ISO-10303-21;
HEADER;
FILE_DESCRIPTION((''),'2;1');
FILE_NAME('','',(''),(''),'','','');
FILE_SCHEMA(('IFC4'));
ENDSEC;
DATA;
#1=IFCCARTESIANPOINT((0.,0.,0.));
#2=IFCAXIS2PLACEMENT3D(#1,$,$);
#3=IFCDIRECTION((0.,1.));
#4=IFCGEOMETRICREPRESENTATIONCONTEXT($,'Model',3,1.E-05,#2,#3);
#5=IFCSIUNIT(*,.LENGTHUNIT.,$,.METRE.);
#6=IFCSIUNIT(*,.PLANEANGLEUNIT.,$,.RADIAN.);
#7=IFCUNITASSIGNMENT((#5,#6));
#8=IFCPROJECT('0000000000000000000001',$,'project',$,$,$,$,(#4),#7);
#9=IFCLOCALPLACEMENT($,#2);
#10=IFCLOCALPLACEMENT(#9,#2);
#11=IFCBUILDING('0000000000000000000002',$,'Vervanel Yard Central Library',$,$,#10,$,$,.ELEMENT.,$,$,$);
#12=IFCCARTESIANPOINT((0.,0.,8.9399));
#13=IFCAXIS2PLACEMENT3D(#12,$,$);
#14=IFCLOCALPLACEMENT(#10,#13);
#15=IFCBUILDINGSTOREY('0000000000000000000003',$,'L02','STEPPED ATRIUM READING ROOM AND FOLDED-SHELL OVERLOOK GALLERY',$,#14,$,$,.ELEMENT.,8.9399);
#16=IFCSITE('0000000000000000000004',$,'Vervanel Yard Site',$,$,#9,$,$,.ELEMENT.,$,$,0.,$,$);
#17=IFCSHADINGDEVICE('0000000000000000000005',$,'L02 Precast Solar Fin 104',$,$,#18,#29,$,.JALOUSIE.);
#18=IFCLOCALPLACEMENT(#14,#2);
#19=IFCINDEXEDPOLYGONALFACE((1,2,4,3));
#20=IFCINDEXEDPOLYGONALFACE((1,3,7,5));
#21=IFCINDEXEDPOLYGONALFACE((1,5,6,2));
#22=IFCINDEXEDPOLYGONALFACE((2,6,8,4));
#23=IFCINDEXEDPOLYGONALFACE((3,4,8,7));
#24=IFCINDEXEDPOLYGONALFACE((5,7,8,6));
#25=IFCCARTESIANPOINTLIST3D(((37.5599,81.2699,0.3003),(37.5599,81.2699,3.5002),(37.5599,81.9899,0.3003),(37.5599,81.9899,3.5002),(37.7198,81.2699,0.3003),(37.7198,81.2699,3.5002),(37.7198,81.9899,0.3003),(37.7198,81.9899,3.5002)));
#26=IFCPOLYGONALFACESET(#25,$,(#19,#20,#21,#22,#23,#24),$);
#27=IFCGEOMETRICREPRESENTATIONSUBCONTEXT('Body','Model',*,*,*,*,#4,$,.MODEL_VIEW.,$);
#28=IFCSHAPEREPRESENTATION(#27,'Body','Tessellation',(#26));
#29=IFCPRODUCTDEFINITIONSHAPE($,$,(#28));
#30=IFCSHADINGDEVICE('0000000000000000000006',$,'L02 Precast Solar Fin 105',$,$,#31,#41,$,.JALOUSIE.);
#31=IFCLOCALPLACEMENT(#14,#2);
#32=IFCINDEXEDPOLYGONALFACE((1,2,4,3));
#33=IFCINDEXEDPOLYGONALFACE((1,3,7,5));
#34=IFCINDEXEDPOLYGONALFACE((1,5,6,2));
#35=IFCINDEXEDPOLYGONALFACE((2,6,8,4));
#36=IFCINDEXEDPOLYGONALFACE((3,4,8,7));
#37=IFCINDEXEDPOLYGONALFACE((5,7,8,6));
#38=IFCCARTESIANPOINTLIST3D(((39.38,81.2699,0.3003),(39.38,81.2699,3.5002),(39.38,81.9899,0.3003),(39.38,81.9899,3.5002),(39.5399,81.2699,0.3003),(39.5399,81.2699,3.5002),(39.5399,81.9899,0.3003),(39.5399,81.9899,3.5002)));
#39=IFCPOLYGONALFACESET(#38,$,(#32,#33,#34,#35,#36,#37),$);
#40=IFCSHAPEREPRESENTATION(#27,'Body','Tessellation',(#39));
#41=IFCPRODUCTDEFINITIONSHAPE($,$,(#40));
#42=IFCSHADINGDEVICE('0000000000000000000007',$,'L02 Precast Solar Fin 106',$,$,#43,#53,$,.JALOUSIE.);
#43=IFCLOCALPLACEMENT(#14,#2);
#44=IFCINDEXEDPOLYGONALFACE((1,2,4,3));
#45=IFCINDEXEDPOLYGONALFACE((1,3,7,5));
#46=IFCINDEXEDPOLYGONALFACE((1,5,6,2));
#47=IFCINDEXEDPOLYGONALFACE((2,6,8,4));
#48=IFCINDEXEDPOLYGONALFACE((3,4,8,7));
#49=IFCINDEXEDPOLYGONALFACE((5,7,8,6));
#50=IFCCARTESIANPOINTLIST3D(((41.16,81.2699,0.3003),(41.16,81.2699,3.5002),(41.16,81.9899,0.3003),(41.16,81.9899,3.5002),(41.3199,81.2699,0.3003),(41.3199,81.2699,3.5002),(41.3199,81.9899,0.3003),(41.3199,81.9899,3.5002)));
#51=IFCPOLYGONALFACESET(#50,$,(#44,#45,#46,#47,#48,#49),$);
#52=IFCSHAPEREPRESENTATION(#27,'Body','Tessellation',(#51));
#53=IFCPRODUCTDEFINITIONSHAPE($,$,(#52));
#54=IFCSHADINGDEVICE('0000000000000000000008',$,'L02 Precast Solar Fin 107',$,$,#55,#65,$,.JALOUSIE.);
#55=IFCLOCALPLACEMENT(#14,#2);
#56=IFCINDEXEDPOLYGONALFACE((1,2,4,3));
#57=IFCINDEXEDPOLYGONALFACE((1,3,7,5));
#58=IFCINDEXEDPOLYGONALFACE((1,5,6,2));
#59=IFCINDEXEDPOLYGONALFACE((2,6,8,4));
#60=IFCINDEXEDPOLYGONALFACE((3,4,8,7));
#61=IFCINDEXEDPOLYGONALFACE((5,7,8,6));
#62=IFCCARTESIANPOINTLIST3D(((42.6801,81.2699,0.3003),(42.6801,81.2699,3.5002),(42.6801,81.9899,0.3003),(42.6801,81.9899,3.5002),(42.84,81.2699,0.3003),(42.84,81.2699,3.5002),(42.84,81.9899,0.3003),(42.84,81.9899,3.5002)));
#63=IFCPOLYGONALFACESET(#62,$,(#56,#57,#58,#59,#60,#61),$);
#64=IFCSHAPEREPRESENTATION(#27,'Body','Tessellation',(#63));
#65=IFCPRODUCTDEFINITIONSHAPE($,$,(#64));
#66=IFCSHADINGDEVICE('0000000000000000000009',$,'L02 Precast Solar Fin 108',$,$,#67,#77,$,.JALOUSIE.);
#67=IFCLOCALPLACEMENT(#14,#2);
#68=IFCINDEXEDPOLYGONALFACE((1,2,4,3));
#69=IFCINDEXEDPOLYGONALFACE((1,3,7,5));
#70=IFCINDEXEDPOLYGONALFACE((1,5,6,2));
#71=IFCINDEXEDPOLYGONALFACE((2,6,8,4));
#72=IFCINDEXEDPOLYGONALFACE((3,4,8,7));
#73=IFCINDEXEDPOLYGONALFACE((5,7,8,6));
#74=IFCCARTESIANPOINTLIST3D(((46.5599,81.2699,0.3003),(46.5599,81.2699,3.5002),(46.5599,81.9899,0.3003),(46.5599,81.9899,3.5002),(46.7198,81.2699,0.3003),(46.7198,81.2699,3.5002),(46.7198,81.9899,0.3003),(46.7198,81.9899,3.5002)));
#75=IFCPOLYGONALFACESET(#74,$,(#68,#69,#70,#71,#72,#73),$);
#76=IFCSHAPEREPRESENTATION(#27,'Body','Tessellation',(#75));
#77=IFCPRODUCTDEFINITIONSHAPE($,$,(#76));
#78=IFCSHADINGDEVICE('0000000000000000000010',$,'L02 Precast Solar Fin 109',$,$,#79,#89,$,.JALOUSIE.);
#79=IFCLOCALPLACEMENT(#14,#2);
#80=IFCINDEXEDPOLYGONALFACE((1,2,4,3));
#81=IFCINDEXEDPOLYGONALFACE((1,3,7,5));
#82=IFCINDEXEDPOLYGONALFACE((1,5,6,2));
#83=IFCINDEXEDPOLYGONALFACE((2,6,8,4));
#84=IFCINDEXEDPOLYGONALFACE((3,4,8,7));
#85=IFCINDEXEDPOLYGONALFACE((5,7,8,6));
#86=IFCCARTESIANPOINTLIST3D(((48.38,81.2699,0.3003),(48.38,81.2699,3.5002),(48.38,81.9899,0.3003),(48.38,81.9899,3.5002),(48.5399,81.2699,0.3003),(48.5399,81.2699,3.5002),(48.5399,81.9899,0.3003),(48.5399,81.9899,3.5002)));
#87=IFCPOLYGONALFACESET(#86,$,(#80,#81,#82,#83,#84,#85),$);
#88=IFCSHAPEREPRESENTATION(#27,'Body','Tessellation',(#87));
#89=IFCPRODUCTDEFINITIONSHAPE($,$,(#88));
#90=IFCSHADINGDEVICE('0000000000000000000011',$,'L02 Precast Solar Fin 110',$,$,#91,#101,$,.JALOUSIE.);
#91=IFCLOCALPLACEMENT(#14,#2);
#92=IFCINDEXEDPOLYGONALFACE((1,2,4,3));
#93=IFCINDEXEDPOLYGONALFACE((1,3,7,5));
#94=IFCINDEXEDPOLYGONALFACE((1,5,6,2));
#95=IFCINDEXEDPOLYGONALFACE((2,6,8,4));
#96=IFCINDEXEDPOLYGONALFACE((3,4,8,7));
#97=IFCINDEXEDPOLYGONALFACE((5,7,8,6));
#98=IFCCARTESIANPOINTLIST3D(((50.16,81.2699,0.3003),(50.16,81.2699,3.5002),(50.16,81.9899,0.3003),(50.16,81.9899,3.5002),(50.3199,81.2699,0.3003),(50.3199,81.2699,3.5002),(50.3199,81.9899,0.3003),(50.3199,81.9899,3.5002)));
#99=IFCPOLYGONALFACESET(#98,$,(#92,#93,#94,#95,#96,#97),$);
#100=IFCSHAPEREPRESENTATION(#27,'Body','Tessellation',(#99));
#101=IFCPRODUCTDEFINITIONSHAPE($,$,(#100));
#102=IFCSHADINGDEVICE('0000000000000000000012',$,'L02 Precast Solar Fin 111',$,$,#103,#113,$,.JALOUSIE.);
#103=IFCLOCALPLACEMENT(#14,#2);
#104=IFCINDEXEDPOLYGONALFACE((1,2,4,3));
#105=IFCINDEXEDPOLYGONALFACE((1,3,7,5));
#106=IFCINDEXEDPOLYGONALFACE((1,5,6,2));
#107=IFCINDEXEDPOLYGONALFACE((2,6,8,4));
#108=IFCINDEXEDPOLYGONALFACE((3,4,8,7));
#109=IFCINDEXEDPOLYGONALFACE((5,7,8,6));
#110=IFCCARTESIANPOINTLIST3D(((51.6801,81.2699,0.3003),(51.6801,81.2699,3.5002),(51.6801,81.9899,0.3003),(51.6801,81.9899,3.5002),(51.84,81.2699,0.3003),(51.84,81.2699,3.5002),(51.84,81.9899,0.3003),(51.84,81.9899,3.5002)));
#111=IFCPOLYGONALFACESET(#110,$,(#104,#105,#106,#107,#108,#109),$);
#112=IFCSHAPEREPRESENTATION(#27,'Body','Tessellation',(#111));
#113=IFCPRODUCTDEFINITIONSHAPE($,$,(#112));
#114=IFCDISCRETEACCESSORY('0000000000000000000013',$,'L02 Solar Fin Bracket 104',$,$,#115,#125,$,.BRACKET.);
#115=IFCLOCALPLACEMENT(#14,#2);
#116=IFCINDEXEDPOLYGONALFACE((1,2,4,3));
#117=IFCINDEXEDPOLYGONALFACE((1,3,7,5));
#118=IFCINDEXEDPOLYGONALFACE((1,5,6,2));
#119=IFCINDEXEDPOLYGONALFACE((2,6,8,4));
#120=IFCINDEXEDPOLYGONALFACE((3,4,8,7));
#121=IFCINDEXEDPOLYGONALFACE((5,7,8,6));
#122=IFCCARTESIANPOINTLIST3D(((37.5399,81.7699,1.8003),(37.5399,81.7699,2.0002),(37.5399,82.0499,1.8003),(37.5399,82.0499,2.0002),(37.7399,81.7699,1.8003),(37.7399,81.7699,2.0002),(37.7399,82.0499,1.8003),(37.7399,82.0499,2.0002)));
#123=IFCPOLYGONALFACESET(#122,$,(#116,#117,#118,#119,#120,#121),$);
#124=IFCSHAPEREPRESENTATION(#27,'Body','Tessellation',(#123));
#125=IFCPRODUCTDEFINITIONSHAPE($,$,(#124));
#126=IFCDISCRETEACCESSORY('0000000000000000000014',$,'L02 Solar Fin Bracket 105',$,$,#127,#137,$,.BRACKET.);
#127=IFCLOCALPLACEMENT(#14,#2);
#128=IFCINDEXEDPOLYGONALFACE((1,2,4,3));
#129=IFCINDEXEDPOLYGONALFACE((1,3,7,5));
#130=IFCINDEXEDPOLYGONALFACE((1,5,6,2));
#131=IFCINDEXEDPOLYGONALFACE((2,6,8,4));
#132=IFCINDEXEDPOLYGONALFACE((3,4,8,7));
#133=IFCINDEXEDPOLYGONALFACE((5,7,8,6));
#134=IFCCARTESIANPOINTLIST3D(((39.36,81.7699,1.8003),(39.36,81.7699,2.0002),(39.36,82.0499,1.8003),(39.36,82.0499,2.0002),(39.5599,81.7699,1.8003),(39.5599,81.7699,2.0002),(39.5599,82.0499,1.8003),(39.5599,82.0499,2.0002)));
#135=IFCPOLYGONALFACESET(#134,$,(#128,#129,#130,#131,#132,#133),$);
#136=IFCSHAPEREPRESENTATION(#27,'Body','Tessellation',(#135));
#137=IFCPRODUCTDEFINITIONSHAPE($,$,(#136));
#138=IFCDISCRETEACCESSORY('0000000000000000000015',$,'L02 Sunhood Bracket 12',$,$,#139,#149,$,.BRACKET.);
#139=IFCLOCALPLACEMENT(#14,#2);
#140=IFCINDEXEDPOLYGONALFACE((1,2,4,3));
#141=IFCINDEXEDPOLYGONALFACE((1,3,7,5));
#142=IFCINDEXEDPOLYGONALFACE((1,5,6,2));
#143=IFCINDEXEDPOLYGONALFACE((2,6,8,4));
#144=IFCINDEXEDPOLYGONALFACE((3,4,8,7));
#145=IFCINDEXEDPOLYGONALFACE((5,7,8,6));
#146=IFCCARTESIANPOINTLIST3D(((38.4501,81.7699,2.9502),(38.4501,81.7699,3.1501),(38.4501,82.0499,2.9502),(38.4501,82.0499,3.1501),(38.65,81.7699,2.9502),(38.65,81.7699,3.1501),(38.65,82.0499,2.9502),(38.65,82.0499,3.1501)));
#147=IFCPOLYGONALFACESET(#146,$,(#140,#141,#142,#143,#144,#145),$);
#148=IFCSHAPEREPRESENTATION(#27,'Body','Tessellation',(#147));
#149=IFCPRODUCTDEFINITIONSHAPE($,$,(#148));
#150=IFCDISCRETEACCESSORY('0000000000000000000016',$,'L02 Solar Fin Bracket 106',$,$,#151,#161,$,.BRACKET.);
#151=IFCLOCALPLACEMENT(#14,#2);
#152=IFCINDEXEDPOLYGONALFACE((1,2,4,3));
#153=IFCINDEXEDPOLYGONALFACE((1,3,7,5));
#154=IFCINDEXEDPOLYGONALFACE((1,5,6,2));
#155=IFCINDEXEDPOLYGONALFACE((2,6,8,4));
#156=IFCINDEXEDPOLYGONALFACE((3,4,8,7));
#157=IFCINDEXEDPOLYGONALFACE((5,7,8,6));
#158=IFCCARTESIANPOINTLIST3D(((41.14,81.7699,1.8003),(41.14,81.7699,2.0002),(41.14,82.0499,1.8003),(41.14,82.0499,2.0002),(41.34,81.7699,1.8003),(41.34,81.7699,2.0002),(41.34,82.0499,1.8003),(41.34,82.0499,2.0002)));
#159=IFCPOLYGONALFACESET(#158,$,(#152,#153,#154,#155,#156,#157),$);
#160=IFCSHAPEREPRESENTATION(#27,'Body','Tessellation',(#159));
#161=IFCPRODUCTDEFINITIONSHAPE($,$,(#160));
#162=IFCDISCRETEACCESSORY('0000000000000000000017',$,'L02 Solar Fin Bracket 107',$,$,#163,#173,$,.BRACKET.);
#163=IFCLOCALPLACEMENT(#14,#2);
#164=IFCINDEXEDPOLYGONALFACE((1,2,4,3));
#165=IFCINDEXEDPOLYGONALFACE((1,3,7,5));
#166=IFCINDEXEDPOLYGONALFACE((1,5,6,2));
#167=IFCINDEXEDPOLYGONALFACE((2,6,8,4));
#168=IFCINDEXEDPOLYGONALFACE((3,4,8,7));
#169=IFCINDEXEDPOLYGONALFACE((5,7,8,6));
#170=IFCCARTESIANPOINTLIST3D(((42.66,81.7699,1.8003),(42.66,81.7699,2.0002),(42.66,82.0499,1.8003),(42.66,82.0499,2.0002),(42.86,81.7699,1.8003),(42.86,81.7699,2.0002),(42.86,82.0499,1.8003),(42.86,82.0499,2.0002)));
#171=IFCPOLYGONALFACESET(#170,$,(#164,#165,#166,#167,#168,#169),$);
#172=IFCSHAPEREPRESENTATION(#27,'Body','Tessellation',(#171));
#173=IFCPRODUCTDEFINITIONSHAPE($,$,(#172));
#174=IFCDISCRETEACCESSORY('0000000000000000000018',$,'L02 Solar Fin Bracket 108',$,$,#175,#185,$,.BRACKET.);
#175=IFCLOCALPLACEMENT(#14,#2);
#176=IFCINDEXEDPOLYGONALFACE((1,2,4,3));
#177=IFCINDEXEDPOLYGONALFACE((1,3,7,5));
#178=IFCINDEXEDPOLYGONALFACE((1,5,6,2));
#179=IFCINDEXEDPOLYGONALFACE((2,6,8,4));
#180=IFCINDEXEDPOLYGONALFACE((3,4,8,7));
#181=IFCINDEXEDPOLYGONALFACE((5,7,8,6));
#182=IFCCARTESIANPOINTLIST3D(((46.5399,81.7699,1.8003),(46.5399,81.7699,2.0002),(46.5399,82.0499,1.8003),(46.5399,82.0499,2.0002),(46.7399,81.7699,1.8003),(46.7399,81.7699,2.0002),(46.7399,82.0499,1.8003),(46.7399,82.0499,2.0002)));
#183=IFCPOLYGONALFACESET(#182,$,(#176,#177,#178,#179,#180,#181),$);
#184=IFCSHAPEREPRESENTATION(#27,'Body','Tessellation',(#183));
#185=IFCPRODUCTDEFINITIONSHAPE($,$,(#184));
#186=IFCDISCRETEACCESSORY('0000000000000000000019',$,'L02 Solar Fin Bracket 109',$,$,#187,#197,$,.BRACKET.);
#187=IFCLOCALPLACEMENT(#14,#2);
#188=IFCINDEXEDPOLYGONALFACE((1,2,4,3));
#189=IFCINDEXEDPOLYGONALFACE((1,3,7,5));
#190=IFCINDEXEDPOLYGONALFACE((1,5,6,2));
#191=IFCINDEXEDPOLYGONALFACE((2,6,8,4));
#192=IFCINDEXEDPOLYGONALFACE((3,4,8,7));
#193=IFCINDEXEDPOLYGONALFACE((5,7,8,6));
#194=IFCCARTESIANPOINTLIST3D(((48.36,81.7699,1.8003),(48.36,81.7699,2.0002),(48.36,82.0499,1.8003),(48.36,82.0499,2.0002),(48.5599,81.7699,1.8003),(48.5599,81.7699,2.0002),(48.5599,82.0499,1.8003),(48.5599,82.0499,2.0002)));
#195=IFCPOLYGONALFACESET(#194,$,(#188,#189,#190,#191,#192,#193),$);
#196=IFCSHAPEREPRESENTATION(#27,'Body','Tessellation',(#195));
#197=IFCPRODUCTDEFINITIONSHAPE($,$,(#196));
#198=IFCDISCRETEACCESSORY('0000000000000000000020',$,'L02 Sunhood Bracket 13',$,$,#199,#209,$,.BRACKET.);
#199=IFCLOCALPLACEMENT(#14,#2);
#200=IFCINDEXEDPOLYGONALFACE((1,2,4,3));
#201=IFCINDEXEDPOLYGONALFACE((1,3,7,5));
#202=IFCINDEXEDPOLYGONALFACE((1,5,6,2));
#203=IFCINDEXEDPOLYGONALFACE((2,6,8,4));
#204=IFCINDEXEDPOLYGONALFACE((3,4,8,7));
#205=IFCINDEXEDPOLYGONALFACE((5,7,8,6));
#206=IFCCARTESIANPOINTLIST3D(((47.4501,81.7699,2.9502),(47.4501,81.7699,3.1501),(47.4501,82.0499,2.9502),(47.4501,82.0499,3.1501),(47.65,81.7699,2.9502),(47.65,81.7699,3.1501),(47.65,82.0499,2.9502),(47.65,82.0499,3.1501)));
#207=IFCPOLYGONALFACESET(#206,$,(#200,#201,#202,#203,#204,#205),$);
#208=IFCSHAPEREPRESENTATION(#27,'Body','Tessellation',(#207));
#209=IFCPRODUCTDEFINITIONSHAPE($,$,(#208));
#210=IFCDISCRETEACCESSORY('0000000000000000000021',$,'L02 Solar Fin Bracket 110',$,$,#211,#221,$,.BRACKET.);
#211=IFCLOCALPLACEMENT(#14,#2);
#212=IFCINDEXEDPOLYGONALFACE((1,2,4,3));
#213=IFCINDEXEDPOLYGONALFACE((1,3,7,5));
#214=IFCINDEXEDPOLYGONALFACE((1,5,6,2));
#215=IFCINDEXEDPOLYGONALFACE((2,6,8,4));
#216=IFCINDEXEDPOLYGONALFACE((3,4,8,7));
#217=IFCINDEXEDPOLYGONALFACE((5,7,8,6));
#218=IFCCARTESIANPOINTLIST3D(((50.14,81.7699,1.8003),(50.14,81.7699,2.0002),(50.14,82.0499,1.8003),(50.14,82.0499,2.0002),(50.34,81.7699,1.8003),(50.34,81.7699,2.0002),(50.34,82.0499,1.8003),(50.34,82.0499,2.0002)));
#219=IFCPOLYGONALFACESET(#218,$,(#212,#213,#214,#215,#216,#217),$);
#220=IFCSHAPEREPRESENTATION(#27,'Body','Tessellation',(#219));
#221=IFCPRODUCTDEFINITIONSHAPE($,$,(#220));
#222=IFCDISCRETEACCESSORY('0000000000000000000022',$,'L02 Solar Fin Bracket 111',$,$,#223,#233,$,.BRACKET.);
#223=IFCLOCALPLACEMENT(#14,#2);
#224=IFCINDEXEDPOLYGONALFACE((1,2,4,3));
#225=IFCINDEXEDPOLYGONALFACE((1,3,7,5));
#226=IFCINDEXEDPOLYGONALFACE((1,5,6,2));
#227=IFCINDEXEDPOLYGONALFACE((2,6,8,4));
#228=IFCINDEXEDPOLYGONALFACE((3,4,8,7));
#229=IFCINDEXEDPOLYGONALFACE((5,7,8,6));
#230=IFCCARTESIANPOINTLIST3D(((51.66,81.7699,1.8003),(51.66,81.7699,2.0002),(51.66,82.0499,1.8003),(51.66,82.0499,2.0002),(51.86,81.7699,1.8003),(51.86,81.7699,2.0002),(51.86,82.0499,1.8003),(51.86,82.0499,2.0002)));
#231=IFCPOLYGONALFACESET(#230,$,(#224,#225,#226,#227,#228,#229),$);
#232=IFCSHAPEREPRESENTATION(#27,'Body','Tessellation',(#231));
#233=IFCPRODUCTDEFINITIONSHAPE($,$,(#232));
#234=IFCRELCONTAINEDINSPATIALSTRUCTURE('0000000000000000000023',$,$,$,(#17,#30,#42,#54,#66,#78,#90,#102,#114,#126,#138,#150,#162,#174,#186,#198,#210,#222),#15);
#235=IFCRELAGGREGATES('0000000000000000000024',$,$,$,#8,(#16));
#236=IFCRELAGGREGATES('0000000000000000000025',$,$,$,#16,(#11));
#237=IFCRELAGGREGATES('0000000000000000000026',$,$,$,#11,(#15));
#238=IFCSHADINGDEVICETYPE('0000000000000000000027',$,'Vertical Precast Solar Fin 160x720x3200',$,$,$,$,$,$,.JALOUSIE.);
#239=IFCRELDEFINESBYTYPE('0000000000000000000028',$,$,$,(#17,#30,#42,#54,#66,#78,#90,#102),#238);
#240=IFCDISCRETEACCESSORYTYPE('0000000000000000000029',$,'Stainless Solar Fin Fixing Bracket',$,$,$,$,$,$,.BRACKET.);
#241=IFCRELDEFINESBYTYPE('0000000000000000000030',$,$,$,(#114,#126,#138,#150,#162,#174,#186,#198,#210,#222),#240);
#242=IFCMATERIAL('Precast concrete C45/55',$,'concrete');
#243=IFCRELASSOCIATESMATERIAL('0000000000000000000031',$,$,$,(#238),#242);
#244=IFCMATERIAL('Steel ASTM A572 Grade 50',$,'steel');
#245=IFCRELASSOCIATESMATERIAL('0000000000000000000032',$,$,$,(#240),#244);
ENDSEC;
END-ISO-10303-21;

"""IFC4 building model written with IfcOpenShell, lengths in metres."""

from ifc_helpers import new_model, si_unit, direction, frame, origin, origin_2d, place, context, subcontext, project, spatial, rectangle, extrude, material, type_object, element, save


model = new_model("IFC4")

# Units and contexts
model_context = context("Model", 3, precision=1e-05, world=origin(), true_north=direction((0.0, 1.0)))
body_context = subcontext(model_context, "Body", "Model", "MODEL_VIEW")
ifc_project = project(units=[si_unit("LENGTHUNIT", "METRE"), si_unit("PLANEANGLEUNIT", "RADIAN")], contexts=[model_context])

# Site, building, storey
site_placement = place(None, origin())
site = spatial("IfcSite", under=ifc_project, at=site_placement, Name="Vervanel Yard Site", CompositionType="ELEMENT", RefElevation=0.0)
building_placement = place(site_placement, origin())
building = spatial("IfcBuilding", under=site, at=building_placement, Name="Vervanel Yard Central Library", CompositionType="ELEMENT")
storey_placement = place(building_placement, frame((0.0, 0.0, 8.9399)))
storey = spatial("IfcBuildingStorey", under=building, at=storey_placement, Name="L02", Description="STEPPED ATRIUM READING ROOM AND FOLDED-SHELL OVERLOOK GALLERY", CompositionType="ELEMENT", Elevation=8.9399)

# Shared definitions
ifc_material_1 = material(Name="Precast concrete C45/55", Category="concrete")

# Shading devices
shading_device_type_1 = type_object("IfcShadingDeviceType", Name="Vertical Precast Solar Fin 160x720x3200", PredefinedType="JALOUSIE", material=ifc_material_1)
for number, where, z_axis, x_axis, name in (
    (1, (37.6399, 81.6299, 0.3003), (0.0, 0.0, 1.0), (1.0, 0.0, 0.0), "L02 Precast Solar Fin 104"),
    (2, (39.46, 81.6299, 0.3003), (0.0, 0.0, 1.0), (1.0, 0.0, 0.0), "L02 Precast Solar Fin 105"),
    (3, (41.24, 81.6299, 0.3003), (0.0, 0.0, 1.0), (1.0, 0.0, 0.0), "L02 Precast Solar Fin 106"),
    (4, (42.76, 81.6299, 0.3003), (0.0, 0.0, 1.0), (1.0, 0.0, 0.0), "L02 Precast Solar Fin 107"),
    (5, (46.6399, 81.6299, 0.3003), (0.0, 0.0, 1.0), (1.0, 0.0, 0.0), "L02 Precast Solar Fin 108"),
    (6, (48.46, 81.6299, 0.3003), (0.0, 0.0, 1.0), (1.0, 0.0, 0.0), "L02 Precast Solar Fin 109"),
    (7, (50.24, 81.6299, 0.3003), (0.0, 0.0, 1.0), (1.0, 0.0, 0.0), "L02 Precast Solar Fin 110"),
    (8, (51.76, 81.6299, 0.3003), (0.0, 0.0, 1.0), (1.0, 0.0, 0.0), "L02 Precast Solar Fin 111"),
):
    element("IfcShadingDevice", number, at=place(storey_placement, frame(where, z_axis=z_axis, x_axis=x_axis)), inside=storey, type_object=shading_device_type_1, Name=name, PredefinedType="JALOUSIE", context=body_context, shape_type="SweptSolid", body=[
        extrude(rectangle(XDim=0.1599, YDim=0.72, at=origin_2d()), origin(), (0.0, 0.0, 1.0), 3.2),
    ])

# Discrete accessories
ifc_material_2 = material(Name="Steel ASTM A572 Grade 50", Category="steel")
discrete_accessory_type = type_object("IfcDiscreteAccessoryType", Name="Stainless Solar Fin Fixing Bracket", PredefinedType="BRACKET", material=ifc_material_2)
for number, where, z_axis, x_axis, name in (
    (9, (37.6399, 81.9099, 1.8003), (0.0, 0.0, 1.0), (1.0, 0.0, 0.0), "L02 Solar Fin Bracket 104"),
    (10, (39.46, 81.9099, 1.8003), (0.0, 0.0, 1.0), (1.0, 0.0, 0.0), "L02 Solar Fin Bracket 105"),
    (11, (38.55, 81.9099, 2.9502), (0.0, 0.0, 1.0), (1.0, 0.0, 0.0), "L02 Sunhood Bracket 12"),
    (12, (41.24, 81.9099, 1.8003), (0.0, 0.0, 1.0), (1.0, 0.0, 0.0), "L02 Solar Fin Bracket 106"),
    (13, (42.76, 81.9099, 1.8003), (0.0, 0.0, 1.0), (1.0, 0.0, 0.0), "L02 Solar Fin Bracket 107"),
    (14, (46.6399, 81.9099, 1.8003), (0.0, 0.0, 1.0), (1.0, 0.0, 0.0), "L02 Solar Fin Bracket 108"),
    (15, (48.46, 81.9099, 1.8003), (0.0, 0.0, 1.0), (1.0, 0.0, 0.0), "L02 Solar Fin Bracket 109"),
    (16, (47.55, 81.9099, 2.9502), (0.0, 0.0, 1.0), (1.0, 0.0, 0.0), "L02 Sunhood Bracket 13"),
    (17, (50.24, 81.9099, 1.8003), (0.0, 0.0, 1.0), (1.0, 0.0, 0.0), "L02 Solar Fin Bracket 110"),
    (18, (51.76, 81.9099, 1.8003), (0.0, 0.0, 1.0), (1.0, 0.0, 0.0), "L02 Solar Fin Bracket 111"),
):
    element("IfcDiscreteAccessory", number, at=place(storey_placement, frame(where, z_axis=z_axis, x_axis=x_axis)), inside=storey, type_object=discrete_accessory_type, Name=name, PredefinedType="BRACKET", context=body_context, shape_type="SweptSolid", body=[
        extrude(rectangle(XDim=0.2, YDim=0.28, at=origin_2d()), origin(), (0.0, 0.0, 1.0), 0.2),
    ])

save(model, "model.ifc")
